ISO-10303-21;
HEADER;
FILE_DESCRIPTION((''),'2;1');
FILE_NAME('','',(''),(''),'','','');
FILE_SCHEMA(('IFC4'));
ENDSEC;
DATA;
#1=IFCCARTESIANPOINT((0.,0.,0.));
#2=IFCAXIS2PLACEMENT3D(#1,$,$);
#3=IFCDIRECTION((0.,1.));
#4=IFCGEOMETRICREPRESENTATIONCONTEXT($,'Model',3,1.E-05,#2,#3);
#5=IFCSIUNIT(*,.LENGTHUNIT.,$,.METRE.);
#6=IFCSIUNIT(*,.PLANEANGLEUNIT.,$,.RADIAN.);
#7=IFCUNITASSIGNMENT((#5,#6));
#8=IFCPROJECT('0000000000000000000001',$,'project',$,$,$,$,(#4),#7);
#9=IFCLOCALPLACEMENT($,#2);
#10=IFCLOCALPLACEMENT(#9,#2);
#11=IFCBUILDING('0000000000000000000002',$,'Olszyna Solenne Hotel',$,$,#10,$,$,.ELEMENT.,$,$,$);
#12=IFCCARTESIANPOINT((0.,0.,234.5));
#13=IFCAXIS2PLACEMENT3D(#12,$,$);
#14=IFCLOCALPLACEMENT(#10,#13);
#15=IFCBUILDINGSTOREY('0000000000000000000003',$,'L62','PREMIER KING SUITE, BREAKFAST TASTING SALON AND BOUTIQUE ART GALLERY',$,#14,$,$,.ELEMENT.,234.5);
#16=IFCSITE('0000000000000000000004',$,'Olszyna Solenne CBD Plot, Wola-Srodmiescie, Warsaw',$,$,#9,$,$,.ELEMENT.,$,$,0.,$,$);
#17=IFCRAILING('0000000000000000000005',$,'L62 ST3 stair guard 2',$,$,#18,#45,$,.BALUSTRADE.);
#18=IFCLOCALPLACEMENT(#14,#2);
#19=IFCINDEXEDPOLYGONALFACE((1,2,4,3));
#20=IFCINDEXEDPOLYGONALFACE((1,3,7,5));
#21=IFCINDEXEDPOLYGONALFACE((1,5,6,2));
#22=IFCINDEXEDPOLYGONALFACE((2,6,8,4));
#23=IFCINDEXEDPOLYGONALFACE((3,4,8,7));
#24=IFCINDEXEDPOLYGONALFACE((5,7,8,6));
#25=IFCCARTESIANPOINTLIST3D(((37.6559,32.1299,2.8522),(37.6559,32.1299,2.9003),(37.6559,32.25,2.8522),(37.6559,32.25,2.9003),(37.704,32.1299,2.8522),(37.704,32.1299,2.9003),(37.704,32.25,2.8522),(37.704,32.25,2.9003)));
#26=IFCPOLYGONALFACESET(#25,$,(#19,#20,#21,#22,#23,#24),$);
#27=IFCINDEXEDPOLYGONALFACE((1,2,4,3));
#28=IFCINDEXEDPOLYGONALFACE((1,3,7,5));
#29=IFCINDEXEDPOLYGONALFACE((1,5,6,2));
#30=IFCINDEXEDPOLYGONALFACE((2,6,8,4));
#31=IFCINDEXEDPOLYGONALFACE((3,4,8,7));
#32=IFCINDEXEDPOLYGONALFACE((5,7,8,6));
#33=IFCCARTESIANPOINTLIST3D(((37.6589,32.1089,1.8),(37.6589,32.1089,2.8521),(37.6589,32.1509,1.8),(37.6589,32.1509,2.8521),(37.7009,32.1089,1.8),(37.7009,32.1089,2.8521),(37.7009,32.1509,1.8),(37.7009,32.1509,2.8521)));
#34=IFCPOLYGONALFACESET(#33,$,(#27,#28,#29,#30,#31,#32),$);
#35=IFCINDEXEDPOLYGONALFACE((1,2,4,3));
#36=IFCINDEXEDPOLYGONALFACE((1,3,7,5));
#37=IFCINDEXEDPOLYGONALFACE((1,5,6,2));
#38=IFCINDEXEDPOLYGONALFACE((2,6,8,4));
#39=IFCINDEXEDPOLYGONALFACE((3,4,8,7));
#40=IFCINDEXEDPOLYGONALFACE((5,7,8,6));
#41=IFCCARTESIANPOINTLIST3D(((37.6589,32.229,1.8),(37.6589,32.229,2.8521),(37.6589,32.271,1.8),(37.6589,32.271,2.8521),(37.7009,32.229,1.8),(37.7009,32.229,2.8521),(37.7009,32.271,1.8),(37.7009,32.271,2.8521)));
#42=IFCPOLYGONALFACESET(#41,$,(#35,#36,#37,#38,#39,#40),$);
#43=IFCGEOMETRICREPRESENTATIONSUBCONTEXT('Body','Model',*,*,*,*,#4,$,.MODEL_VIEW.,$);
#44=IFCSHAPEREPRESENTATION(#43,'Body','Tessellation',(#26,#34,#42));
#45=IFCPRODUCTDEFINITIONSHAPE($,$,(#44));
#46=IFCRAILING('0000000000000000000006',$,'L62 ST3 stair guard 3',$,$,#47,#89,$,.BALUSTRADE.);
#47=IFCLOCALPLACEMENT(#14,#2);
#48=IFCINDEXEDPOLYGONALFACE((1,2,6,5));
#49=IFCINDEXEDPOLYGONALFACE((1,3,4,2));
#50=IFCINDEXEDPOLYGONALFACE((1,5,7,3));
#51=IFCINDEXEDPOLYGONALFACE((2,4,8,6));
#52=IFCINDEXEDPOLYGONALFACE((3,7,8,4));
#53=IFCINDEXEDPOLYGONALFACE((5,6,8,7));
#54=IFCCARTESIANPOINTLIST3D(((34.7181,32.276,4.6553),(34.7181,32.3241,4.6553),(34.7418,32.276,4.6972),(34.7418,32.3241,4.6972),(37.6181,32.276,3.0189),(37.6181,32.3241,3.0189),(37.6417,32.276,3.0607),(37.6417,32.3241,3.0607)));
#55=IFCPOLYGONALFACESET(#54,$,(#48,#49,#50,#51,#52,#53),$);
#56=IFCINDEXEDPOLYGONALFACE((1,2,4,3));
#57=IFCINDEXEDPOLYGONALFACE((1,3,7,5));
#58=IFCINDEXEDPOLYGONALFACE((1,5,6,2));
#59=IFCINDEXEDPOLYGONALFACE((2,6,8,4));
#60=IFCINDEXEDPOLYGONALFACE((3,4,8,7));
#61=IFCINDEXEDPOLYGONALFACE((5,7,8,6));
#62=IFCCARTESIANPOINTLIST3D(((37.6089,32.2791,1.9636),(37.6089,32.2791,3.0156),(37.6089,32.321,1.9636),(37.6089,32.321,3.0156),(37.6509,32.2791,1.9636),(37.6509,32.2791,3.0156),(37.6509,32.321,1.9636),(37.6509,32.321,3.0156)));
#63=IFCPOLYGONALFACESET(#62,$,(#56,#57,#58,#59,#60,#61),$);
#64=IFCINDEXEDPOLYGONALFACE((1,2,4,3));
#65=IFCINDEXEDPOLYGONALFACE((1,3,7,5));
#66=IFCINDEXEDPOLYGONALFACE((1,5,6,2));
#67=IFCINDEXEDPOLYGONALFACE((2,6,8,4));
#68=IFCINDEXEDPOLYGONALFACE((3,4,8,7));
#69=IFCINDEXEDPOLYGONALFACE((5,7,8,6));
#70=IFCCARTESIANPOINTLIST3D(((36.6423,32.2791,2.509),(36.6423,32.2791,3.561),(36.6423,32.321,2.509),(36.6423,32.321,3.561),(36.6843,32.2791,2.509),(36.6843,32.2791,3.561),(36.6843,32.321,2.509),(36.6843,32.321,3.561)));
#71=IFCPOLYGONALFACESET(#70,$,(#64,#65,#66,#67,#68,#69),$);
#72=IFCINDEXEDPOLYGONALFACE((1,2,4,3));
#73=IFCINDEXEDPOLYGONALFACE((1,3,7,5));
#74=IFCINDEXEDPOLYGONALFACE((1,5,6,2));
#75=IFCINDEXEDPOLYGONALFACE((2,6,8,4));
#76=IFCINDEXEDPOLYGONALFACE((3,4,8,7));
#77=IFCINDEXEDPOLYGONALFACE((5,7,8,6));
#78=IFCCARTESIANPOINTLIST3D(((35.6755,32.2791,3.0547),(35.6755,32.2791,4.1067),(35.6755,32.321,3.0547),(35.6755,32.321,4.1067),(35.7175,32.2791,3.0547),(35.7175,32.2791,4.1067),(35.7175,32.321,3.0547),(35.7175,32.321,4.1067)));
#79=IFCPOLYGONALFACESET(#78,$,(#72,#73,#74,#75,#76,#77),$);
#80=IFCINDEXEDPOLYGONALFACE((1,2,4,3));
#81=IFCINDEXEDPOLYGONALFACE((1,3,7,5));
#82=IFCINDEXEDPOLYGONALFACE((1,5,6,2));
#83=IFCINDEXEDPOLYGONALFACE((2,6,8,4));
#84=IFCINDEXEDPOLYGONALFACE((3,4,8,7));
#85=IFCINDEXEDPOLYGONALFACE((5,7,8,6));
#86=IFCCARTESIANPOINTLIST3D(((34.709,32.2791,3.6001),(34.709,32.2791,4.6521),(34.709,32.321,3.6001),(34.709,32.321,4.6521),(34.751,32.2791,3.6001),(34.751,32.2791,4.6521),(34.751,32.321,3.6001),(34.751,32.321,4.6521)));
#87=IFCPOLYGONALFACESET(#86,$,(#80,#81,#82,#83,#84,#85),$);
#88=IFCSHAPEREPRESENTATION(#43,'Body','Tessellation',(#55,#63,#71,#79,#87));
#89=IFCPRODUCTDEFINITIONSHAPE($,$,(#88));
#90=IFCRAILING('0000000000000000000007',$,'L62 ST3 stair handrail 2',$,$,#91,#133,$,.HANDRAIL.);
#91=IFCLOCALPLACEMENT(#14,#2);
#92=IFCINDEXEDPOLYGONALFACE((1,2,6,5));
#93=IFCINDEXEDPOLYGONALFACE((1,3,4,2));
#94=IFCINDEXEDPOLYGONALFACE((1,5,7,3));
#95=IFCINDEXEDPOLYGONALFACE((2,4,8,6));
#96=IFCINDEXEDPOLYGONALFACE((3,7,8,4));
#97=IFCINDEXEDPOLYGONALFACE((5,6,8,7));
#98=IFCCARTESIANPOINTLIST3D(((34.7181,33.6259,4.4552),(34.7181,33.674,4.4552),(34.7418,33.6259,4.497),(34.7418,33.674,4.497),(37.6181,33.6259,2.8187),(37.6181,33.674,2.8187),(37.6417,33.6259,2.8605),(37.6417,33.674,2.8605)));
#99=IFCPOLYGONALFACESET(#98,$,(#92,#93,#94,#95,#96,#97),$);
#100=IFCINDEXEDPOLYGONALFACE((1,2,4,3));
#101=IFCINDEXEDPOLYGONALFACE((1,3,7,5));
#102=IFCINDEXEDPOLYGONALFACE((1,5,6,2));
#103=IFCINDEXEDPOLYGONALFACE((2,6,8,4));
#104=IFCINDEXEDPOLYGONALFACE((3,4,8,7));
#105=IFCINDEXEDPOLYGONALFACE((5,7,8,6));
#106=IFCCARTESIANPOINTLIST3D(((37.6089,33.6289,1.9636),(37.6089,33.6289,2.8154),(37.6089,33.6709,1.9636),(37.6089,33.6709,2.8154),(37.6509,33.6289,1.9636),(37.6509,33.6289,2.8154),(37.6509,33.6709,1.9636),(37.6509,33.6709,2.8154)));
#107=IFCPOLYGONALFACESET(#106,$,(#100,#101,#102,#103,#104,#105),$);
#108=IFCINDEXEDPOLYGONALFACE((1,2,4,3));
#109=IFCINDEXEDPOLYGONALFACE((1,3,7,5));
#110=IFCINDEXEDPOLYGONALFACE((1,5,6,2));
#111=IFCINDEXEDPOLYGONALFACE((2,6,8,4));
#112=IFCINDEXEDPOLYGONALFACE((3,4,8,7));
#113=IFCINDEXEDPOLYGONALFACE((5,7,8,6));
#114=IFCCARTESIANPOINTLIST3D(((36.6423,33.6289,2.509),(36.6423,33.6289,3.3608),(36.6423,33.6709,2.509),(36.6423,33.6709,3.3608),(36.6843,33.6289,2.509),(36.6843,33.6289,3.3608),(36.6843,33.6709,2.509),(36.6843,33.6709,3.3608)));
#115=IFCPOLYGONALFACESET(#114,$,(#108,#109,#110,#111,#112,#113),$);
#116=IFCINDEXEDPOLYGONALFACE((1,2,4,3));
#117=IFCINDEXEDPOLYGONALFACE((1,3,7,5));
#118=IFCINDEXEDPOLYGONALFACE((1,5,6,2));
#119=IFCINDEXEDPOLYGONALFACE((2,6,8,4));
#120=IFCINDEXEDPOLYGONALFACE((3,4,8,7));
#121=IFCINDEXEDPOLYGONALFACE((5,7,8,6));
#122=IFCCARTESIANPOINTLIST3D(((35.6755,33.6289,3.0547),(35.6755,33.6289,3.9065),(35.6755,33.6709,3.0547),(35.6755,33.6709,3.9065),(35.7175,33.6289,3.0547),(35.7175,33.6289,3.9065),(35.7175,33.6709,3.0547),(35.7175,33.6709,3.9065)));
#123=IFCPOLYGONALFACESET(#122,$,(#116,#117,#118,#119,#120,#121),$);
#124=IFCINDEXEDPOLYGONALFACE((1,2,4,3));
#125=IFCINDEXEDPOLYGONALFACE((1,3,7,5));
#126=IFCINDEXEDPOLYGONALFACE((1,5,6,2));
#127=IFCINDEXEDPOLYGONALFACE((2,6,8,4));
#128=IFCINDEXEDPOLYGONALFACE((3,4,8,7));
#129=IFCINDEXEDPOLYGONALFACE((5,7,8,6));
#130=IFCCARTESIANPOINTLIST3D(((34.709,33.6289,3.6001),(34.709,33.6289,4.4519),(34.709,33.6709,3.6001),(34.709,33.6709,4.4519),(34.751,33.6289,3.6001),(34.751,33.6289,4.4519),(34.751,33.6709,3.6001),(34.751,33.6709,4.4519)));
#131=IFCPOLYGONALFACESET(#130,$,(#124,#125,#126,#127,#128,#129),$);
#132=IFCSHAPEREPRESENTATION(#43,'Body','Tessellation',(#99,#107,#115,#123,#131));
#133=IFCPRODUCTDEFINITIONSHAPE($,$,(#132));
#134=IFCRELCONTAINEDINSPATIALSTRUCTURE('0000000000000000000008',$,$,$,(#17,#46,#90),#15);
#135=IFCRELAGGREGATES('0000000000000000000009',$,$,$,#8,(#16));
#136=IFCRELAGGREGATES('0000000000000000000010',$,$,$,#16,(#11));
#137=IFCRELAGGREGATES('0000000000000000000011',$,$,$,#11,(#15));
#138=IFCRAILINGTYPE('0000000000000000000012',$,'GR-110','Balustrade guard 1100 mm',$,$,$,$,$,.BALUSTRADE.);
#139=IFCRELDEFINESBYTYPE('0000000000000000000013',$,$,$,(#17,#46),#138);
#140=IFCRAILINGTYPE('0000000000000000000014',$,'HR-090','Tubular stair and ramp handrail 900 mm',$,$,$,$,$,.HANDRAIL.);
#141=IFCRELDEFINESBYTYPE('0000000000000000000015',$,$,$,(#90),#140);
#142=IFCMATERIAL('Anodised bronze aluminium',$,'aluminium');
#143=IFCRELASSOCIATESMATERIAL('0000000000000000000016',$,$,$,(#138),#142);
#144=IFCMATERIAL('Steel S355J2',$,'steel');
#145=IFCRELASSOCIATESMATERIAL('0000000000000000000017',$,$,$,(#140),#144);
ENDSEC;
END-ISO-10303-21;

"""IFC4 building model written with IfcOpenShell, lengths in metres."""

from ifc_helpers import new_model, si_unit, direction, frame, origin, origin_2d, place, context, subcontext, project, spatial, rectangle, extrude, material, type_object, element, save


model = new_model("IFC4")

# Units and contexts
model_context = context("Model", 3, precision=1e-05, world=origin(), true_north=direction((0.0, 1.0)))
body_context = subcontext(model_context, "Body", "Model", "MODEL_VIEW")
ifc_project = project(units=[si_unit("LENGTHUNIT", "METRE"), si_unit("PLANEANGLEUNIT", "RADIAN")], contexts=[model_context])

# Site, building, storey
site_placement = place(None, origin())
site = spatial("IfcSite", under=ifc_project, at=site_placement, Name="Olszyna Solenne CBD Plot, Wola-Srodmiescie, Warsaw", CompositionType="ELEMENT", RefElevation=0.0)
building_placement = place(site_placement, origin())
building = spatial("IfcBuilding", under=site, at=building_placement, Name="Olszyna Solenne Hotel", CompositionType="ELEMENT")
storey_placement = place(building_placement, frame((0.0, 0.0, 234.5)))
storey = spatial("IfcBuildingStorey", under=building, at=storey_placement, Name="L62", Description="PREMIER KING SUITE, BREAKFAST TASTING SALON AND BOUTIQUE ART GALLERY", CompositionType="ELEMENT", Elevation=234.5)

# Shared definitions
ifc_material_1 = material(Name="Steel S355J2", Category="steel")

# Railings
ifc_material_2 = material(Name="Anodised bronze aluminium", Category="aluminium")
railing_type_1 = type_object("IfcRailingType", Name="GR-110", Description="Balustrade guard 1100 mm", PredefinedType="BALUSTRADE", material=ifc_material_2)
railing_1_placement = place(storey_placement, frame((37.6799, 32.1299, 1.8)))
element("IfcRailing", 1, at=railing_1_placement, inside=storey, type_object=railing_type_1, Name="L62 ST3 stair guard 2", PredefinedType="BALUSTRADE", context=body_context, shape_type="SweptSolid", body=[
    extrude(rectangle(XDim=0.0481, YDim=0.0481, at=origin_2d()), frame((0.0, 0.0, 1.0762), z_axis=(0.0, 1.0, 0.0), x_axis=(-1.0, 0.0, 0.0)), (0.0, 0.0, 1.0), 0.1201),
    extrude(rectangle(XDim=0.042, YDim=0.042, at=origin_2d()), origin(), (0.0, 0.0, 1.0), 1.052),
    extrude(rectangle(XDim=0.042, YDim=0.042, at=origin_2d()), frame((0.0, 0.1201, 0.0)), (0.0, 0.0, 1.0), 1.052),
])
railing_2_placement = place(storey_placement, frame((37.6299, 32.3, 1.9636)))
element("IfcRailing", 2, at=railing_2_placement, inside=storey, type_object=railing_type_1, Name="L62 ST3 stair guard 3", PredefinedType="BALUSTRADE", context=body_context, shape_type="SweptSolid", body=[
    extrude(rectangle(XDim=0.0481, YDim=0.0481, at=origin_2d()), frame((0.0, 0.0, 1.0762), z_axis=(-0.870897, 0.0, 0.491465), x_axis=(0.0, -1.0, 0.0)), (0.0, 0.0, 1.0), 3.3298),
    extrude(rectangle(XDim=0.042, YDim=0.042, at=origin_2d()), origin(), (0.0, 0.0, 1.0), 1.052),
    extrude(rectangle(XDim=0.042, YDim=0.042, at=origin_2d()), frame((-0.9666, 0.0, 0.5454)), (0.0, 0.0, 1.0), 1.052),
    extrude(rectangle(XDim=0.042, YDim=0.042, at=origin_2d()), frame((-1.9333, 0.0, 1.0911)), (0.0, 0.0, 1.0), 1.052),
    extrude(rectangle(XDim=0.042, YDim=0.042, at=origin_2d()), frame((-2.8999, 0.0, 1.6365)), (0.0, 0.0, 1.0), 1.052),
])
railing_type_2 = type_object("IfcRailingType", Name="HR-090", Description="Tubular stair and ramp handrail 900 mm", PredefinedType="HANDRAIL", material=ifc_material_1)
railing_3_placement = place(storey_placement, frame((37.6299, 33.6499, 1.9636)))
element("IfcRailing", 3, at=railing_3_placement, inside=storey, type_object=railing_type_2, Name="L62 ST3 stair handrail 2", PredefinedType="HANDRAIL", context=body_context, shape_type="SweptSolid", body=[
    extrude(rectangle(XDim=0.0481, YDim=0.0481, at=origin_2d()), frame((0.0, 0.0, 0.876), z_axis=(-0.870897, 0.0, 0.491465), x_axis=(0.0, -1.0, 0.0)), (0.0, 0.0, 1.0), 3.3298),
    extrude(rectangle(XDim=0.042, YDim=0.042, at=origin_2d()), origin(), (0.0, 0.0, 1.0), 0.8518),
    extrude(rectangle(XDim=0.042, YDim=0.042, at=origin_2d()), frame((-0.9666, 0.0, 0.5454)), (0.0, 0.0, 1.0), 0.8518),
    extrude(rectangle(XDim=0.042, YDim=0.042, at=origin_2d()), frame((-1.9333, 0.0, 1.0911)), (0.0, 0.0, 1.0), 0.8518),
    extrude(rectangle(XDim=0.042, YDim=0.042, at=origin_2d()), frame((-2.8999, 0.0, 1.6365)), (0.0, 0.0, 1.0), 0.8518),
])

save(model, "model.ifc")
